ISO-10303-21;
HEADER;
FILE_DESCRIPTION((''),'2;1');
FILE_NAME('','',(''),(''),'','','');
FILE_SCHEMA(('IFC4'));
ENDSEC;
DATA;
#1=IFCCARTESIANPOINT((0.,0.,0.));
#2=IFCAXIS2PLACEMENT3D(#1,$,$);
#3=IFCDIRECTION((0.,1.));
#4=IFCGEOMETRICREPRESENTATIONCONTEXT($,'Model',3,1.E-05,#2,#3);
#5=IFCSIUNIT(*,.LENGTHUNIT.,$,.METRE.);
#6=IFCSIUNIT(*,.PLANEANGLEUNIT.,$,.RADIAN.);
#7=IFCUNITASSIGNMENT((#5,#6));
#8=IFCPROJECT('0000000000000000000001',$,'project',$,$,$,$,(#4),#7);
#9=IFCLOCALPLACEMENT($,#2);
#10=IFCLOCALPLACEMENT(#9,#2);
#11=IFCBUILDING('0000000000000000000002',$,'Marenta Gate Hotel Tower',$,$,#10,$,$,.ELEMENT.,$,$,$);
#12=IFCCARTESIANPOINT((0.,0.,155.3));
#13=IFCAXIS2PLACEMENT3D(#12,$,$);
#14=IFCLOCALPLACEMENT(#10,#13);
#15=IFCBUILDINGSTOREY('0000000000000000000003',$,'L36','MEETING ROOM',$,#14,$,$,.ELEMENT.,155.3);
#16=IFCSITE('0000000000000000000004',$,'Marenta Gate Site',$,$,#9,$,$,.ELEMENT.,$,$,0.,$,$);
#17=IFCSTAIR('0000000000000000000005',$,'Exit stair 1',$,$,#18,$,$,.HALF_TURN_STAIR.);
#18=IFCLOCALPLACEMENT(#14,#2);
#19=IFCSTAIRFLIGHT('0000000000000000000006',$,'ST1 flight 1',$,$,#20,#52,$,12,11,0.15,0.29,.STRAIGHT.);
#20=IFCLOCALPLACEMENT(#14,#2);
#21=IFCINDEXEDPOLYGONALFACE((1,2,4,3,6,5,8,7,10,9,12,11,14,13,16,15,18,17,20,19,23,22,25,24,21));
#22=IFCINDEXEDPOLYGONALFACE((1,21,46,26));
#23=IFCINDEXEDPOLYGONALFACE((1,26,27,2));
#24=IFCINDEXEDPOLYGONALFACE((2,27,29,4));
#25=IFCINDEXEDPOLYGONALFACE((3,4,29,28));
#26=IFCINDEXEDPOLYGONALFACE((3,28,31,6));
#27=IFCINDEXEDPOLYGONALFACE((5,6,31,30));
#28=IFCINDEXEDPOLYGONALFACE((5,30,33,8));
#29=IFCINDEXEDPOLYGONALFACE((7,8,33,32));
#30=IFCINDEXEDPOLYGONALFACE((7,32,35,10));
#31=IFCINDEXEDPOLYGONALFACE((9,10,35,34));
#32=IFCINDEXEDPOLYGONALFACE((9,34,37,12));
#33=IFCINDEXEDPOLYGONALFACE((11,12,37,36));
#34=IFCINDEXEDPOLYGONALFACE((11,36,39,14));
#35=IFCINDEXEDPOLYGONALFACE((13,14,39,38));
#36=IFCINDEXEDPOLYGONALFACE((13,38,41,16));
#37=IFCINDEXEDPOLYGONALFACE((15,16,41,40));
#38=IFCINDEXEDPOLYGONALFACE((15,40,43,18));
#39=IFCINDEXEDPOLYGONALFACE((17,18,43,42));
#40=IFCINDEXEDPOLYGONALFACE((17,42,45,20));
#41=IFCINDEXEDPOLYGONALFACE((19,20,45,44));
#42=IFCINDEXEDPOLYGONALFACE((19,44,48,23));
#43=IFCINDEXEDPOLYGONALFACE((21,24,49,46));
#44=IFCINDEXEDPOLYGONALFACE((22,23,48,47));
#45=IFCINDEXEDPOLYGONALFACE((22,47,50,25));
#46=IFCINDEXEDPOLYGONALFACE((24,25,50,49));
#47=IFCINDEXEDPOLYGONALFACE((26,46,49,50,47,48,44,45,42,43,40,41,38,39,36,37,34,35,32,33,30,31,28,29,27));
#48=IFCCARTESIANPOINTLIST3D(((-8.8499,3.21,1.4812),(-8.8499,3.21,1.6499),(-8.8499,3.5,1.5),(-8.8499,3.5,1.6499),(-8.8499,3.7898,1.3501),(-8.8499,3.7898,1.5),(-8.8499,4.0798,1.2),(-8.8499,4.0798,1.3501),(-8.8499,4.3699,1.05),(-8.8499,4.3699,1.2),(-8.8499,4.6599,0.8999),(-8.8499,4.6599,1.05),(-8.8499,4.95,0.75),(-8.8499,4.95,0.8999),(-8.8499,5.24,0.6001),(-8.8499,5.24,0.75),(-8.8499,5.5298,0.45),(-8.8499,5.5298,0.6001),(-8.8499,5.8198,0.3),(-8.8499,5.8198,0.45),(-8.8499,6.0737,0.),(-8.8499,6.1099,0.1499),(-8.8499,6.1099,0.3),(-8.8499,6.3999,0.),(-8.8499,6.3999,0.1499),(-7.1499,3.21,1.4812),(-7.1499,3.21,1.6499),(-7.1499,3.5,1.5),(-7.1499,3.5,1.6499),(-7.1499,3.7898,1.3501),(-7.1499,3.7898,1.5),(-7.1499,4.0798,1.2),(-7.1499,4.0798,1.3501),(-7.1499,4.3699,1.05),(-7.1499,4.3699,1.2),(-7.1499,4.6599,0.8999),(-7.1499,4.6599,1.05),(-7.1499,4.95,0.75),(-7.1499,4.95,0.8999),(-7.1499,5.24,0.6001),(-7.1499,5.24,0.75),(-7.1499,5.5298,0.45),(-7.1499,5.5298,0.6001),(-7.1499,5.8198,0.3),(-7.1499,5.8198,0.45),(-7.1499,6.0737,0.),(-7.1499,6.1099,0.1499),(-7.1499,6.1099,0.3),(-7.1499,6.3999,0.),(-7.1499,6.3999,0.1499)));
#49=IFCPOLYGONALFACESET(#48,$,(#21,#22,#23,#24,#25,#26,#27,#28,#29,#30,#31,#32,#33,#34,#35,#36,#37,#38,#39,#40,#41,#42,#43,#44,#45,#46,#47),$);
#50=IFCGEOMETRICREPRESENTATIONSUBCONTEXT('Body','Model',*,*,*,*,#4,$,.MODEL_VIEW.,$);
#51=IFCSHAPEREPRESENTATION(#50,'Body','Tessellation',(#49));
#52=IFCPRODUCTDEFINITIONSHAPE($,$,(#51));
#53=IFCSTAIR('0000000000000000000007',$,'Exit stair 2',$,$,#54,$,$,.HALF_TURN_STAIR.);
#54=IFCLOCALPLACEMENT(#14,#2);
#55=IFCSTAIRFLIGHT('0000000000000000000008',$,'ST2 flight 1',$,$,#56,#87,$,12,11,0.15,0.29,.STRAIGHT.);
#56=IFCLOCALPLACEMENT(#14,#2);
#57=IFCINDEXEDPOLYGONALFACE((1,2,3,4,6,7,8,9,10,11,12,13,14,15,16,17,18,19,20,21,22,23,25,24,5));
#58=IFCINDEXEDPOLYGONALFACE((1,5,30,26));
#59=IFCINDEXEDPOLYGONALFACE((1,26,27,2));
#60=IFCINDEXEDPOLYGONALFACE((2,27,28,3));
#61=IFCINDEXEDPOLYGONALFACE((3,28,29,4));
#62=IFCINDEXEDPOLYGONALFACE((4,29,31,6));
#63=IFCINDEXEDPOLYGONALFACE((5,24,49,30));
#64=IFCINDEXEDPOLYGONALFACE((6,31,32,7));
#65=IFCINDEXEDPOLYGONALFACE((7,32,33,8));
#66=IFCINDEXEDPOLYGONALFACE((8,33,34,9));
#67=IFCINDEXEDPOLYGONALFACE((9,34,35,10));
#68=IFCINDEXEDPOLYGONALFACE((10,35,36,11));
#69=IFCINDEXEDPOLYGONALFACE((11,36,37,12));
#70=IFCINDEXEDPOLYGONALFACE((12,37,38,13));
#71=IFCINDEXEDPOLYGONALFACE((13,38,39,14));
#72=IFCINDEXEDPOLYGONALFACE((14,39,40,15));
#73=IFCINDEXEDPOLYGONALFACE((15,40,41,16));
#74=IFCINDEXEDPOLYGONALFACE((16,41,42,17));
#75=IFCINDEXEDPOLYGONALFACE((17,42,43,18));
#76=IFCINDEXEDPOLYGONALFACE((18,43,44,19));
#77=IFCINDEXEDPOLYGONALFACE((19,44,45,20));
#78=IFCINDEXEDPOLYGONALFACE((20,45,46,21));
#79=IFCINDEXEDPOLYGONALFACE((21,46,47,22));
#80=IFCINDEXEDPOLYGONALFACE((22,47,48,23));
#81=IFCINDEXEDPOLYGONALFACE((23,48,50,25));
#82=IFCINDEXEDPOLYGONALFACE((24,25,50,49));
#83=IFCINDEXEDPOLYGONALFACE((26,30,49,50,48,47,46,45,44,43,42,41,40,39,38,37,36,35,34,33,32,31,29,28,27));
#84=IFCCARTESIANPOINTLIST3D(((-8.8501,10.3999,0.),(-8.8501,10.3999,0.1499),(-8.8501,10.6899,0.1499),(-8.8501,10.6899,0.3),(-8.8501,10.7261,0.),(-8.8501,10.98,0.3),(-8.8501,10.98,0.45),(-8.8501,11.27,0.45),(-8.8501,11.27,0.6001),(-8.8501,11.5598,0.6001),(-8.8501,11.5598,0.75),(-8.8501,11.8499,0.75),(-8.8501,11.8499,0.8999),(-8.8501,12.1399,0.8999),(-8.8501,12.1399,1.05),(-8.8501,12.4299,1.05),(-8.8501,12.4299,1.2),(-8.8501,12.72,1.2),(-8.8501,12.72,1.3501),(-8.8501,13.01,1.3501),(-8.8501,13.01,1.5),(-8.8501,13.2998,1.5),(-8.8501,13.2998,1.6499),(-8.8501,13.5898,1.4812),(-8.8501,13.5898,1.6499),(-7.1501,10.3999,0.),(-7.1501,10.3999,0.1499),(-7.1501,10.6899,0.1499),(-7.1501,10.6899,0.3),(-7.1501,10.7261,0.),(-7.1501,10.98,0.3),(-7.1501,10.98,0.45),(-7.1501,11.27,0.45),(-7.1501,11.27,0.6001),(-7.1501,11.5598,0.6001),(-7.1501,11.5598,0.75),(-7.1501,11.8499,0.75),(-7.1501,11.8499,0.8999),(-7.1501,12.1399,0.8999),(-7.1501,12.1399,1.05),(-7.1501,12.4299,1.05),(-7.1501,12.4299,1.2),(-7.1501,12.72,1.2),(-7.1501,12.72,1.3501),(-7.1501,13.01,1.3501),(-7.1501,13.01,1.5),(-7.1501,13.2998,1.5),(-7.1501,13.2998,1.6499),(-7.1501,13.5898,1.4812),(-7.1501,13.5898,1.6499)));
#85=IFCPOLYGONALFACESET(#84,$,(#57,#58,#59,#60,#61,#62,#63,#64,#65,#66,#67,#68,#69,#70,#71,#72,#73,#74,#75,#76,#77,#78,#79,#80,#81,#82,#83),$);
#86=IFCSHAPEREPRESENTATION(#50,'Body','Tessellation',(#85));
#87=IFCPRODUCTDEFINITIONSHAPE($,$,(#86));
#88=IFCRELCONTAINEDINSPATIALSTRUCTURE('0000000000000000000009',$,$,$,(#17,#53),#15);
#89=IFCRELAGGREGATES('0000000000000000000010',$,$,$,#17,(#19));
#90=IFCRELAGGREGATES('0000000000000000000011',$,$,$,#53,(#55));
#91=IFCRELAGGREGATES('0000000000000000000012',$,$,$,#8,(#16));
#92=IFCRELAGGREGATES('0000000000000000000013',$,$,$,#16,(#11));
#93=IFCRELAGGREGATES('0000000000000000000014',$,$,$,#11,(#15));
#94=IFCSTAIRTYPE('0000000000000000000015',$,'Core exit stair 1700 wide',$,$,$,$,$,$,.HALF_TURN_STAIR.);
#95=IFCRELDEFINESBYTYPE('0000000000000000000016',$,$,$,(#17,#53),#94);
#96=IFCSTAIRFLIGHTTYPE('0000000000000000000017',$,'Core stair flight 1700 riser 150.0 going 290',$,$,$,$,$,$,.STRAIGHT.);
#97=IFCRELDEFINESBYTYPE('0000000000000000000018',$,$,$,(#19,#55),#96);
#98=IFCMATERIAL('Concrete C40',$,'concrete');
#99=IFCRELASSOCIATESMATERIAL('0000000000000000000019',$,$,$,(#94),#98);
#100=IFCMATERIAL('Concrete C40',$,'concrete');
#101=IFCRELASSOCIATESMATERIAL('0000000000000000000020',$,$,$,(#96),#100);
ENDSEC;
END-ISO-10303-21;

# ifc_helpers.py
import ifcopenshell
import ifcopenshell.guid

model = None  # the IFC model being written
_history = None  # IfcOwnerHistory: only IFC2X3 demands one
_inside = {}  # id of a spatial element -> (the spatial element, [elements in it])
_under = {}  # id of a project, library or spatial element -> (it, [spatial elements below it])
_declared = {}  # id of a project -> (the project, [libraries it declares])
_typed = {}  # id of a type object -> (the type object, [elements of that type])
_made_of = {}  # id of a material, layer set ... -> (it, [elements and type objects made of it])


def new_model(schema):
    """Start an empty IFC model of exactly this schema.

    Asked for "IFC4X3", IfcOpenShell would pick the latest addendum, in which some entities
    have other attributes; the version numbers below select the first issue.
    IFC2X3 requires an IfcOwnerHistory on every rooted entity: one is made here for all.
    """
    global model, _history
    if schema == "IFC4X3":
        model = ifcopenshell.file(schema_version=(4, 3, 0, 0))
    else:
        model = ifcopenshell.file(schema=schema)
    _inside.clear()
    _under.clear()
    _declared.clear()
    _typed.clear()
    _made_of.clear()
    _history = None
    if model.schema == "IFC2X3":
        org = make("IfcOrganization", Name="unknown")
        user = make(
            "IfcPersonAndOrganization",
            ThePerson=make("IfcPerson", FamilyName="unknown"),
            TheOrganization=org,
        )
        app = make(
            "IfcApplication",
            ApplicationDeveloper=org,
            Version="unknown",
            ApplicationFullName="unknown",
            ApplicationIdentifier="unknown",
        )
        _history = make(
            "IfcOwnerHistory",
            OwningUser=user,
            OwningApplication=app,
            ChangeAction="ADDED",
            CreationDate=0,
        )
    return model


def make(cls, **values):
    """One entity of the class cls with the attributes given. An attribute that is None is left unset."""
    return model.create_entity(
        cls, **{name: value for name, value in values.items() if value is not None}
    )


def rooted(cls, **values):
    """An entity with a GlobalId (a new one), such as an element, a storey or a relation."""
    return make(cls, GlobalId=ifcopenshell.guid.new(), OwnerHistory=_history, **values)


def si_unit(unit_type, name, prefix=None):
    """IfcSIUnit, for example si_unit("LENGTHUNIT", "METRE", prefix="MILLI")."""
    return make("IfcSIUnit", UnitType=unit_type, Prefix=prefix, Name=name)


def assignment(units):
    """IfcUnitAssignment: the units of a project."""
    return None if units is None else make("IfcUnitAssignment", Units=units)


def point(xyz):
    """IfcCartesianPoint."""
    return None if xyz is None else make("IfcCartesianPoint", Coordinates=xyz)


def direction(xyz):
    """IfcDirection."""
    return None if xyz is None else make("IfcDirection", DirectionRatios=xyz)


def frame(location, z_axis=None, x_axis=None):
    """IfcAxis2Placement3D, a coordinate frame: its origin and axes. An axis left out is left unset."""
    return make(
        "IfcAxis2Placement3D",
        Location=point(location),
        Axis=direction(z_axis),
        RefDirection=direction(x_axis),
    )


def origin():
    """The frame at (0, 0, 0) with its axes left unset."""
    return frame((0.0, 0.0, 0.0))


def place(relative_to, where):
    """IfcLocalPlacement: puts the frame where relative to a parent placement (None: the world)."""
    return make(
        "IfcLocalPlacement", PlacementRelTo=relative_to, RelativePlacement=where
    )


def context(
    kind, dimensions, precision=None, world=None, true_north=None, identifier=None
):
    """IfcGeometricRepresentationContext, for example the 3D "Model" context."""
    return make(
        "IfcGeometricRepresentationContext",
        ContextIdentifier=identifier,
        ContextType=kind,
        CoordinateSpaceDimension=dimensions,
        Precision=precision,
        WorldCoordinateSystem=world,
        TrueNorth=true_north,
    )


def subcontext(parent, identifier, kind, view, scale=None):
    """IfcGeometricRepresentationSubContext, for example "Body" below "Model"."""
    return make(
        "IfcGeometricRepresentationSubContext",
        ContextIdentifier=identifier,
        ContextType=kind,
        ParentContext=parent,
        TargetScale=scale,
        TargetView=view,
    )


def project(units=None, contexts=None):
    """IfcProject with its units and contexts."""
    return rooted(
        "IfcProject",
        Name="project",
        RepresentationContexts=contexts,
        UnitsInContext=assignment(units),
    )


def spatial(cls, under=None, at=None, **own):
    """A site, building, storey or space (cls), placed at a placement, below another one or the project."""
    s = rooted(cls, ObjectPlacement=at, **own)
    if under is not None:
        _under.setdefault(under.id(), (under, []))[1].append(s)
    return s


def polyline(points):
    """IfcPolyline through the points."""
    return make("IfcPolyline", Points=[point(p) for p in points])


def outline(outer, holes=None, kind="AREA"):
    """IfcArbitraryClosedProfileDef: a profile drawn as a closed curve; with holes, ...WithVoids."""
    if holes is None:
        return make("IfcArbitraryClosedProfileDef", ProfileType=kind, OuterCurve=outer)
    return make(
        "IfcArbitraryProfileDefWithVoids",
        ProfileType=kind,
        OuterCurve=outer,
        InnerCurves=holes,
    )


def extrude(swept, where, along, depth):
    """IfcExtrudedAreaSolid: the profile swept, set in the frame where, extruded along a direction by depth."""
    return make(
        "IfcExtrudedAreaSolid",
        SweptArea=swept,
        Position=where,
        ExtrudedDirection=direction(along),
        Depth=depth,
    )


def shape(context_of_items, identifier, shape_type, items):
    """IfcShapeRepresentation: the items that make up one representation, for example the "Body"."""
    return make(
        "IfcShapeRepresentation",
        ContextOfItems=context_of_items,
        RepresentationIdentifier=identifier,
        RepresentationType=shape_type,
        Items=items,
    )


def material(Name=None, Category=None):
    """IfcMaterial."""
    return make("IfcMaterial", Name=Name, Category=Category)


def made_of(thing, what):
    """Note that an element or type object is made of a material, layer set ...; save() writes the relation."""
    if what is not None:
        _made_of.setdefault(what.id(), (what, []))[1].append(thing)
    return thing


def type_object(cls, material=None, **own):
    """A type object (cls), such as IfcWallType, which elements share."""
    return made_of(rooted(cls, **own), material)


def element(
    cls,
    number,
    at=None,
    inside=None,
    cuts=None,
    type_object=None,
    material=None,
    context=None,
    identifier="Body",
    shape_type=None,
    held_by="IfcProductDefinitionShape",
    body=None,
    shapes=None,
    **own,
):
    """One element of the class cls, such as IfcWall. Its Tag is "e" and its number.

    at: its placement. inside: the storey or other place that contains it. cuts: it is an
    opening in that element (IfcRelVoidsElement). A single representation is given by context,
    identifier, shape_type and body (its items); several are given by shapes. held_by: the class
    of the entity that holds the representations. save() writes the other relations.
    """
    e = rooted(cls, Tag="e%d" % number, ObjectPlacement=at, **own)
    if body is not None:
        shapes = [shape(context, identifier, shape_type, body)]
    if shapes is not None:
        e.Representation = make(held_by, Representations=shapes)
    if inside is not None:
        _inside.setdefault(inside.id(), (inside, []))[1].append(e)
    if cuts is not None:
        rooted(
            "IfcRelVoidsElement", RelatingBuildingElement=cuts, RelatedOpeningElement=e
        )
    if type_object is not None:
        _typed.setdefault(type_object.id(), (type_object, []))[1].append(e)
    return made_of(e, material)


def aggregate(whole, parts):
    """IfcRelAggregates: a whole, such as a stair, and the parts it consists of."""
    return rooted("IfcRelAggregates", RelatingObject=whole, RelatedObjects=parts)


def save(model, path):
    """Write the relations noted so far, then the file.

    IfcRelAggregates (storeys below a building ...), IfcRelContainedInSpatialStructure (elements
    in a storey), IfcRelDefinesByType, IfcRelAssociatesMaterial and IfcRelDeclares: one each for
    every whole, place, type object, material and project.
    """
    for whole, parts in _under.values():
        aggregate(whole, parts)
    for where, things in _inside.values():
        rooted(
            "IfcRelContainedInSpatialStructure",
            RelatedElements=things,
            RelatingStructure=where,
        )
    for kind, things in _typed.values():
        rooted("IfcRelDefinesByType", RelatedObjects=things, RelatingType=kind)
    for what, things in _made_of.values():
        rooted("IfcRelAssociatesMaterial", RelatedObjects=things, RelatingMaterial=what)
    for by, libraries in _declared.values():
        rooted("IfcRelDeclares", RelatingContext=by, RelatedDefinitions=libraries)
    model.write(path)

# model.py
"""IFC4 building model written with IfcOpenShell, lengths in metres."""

from ifc_helpers import new_model, si_unit, direction, frame, origin, place, context, subcontext, project, spatial, polyline, outline, extrude, material, type_object, element, aggregate, save


model = new_model("IFC4")

# Units and contexts
model_context = context("Model", 3, precision=1e-05, world=origin(), true_north=direction((0.0, 1.0)))
body_context = subcontext(model_context, "Body", "Model", "MODEL_VIEW")
ifc_project = project(units=[si_unit("LENGTHUNIT", "METRE"), si_unit("PLANEANGLEUNIT", "RADIAN")], contexts=[model_context])

# Site, building, storey
site_placement = place(None, origin())
site = spatial("IfcSite", under=ifc_project, at=site_placement, Name="Marenta Gate Site", CompositionType="ELEMENT", RefElevation=0.0)
building_placement = place(site_placement, origin())
building = spatial("IfcBuilding", under=site, at=building_placement, Name="Marenta Gate Hotel Tower", CompositionType="ELEMENT")
storey_placement = place(building_placement, frame((0.0, 0.0, 155.3)))
storey = spatial("IfcBuildingStorey", under=building, at=storey_placement, Name="L36", Description="MEETING ROOM", CompositionType="ELEMENT", Elevation=155.3)

# Stairs, stair flights
ifc_material_1 = material(Name="Concrete C40", Category="concrete")
stair_type = type_object("IfcStairType", Name="Core exit stair 1700 wide", PredefinedType="HALF_TURN_STAIR", material=ifc_material_1)
stair_1_placement = place(storey_placement, origin())
stair_1 = element("IfcStair", 1, at=stair_1_placement, inside=storey, type_object=stair_type, Name="Exit stair 1", PredefinedType="HALF_TURN_STAIR")
ifc_material_2 = material(Name="Concrete C40", Category="concrete")
stair_flight_type = type_object("IfcStairFlightType", Name="Core stair flight 1700 riser 150.0 going 290", PredefinedType="STRAIGHT", material=ifc_material_2)
stair_flight_1_placement = place(storey_placement, frame((-8.0, 6.3999, 0.0), z_axis=(0.0, 0.0, 1.0), x_axis=(0.0, -1.0, 0.0)))
stair_flight_1 = element("IfcStairFlight", 2, at=stair_flight_1_placement, type_object=stair_flight_type, Name="ST1 flight 1", NumberOfRisers=12, NumberOfTreads=11, PredefinedType="STRAIGHT", RiserHeight=0.15, TreadLength=0.29, context=body_context, shape_type="SweptSolid", body=[
    extrude(outline(polyline([(0.0, 0.0), (0.0, 0.1499), (0.29, 0.1499), (0.29, 0.3), (0.5801, 0.3), (0.5801, 0.45), (0.8701, 0.45), (0.8701, 0.6001), (1.1599, 0.6001), (1.1599, 0.75), (1.45, 0.75), (1.45, 0.8999), (1.74, 0.8999), (1.74, 1.05), (2.03, 1.05), (2.03, 1.2), (2.3201, 1.2), (2.3201, 1.3501), (2.6101, 1.3501), (2.6101, 1.5), (2.8999, 1.5), (2.8999, 1.6499), (3.1899, 1.6499), (3.1899, 1.8), (3.1899, 1.4812), (0.3262, 0.0), (0.0, 0.0)])), frame((0.0, 0.8501, 0.0), z_axis=(0.0, -1.0, 0.0), x_axis=(1.0, 0.0, 0.0)), (0.0, 0.0, 1.0), 1.7),
])
aggregate(stair_1, [stair_flight_1])
stair_2_placement = place(storey_placement, origin())
stair_2 = element("IfcStair", 3, at=stair_2_placement, inside=storey, type_object=stair_type, Name="Exit stair 2", PredefinedType="HALF_TURN_STAIR")
stair_flight_2_placement = place(storey_placement, frame((-8.0, 10.3999, 0.0), z_axis=(0.0, 0.0, 1.0), x_axis=(0.0, 1.0, 0.0)))
stair_flight_2 = element("IfcStairFlight", 4, at=stair_flight_2_placement, type_object=stair_flight_type, Name="ST2 flight 1", NumberOfRisers=12, NumberOfTreads=11, PredefinedType="STRAIGHT", RiserHeight=0.15, TreadLength=0.29, context=body_context, shape_type="SweptSolid", body=[
    extrude(outline(polyline([(0.0, 0.0), (0.0, 0.1499), (0.29, 0.1499), (0.29, 0.3), (0.5801, 0.3), (0.5801, 0.45), (0.8701, 0.45), (0.8701, 0.6001), (1.1599, 0.6001), (1.1599, 0.75), (1.45, 0.75), (1.45, 0.8999), (1.74, 0.8999), (1.74, 1.05), (2.03, 1.05), (2.03, 1.2), (2.3201, 1.2), (2.3201, 1.3501), (2.6101, 1.3501), (2.6101, 1.5), (2.8999, 1.5), (2.8999, 1.6499), (3.1899, 1.6499), (3.1899, 1.8), (3.1899, 1.4812), (0.3262, 0.0), (0.0, 0.0)])), frame((0.0, 0.8501, 0.0), z_axis=(0.0, -1.0, 0.0), x_axis=(1.0, 0.0, 0.0)), (0.0, 0.0, 1.0), 1.7),
])
aggregate(stair_2, [stair_flight_2])

save(model, "model.ifc")
